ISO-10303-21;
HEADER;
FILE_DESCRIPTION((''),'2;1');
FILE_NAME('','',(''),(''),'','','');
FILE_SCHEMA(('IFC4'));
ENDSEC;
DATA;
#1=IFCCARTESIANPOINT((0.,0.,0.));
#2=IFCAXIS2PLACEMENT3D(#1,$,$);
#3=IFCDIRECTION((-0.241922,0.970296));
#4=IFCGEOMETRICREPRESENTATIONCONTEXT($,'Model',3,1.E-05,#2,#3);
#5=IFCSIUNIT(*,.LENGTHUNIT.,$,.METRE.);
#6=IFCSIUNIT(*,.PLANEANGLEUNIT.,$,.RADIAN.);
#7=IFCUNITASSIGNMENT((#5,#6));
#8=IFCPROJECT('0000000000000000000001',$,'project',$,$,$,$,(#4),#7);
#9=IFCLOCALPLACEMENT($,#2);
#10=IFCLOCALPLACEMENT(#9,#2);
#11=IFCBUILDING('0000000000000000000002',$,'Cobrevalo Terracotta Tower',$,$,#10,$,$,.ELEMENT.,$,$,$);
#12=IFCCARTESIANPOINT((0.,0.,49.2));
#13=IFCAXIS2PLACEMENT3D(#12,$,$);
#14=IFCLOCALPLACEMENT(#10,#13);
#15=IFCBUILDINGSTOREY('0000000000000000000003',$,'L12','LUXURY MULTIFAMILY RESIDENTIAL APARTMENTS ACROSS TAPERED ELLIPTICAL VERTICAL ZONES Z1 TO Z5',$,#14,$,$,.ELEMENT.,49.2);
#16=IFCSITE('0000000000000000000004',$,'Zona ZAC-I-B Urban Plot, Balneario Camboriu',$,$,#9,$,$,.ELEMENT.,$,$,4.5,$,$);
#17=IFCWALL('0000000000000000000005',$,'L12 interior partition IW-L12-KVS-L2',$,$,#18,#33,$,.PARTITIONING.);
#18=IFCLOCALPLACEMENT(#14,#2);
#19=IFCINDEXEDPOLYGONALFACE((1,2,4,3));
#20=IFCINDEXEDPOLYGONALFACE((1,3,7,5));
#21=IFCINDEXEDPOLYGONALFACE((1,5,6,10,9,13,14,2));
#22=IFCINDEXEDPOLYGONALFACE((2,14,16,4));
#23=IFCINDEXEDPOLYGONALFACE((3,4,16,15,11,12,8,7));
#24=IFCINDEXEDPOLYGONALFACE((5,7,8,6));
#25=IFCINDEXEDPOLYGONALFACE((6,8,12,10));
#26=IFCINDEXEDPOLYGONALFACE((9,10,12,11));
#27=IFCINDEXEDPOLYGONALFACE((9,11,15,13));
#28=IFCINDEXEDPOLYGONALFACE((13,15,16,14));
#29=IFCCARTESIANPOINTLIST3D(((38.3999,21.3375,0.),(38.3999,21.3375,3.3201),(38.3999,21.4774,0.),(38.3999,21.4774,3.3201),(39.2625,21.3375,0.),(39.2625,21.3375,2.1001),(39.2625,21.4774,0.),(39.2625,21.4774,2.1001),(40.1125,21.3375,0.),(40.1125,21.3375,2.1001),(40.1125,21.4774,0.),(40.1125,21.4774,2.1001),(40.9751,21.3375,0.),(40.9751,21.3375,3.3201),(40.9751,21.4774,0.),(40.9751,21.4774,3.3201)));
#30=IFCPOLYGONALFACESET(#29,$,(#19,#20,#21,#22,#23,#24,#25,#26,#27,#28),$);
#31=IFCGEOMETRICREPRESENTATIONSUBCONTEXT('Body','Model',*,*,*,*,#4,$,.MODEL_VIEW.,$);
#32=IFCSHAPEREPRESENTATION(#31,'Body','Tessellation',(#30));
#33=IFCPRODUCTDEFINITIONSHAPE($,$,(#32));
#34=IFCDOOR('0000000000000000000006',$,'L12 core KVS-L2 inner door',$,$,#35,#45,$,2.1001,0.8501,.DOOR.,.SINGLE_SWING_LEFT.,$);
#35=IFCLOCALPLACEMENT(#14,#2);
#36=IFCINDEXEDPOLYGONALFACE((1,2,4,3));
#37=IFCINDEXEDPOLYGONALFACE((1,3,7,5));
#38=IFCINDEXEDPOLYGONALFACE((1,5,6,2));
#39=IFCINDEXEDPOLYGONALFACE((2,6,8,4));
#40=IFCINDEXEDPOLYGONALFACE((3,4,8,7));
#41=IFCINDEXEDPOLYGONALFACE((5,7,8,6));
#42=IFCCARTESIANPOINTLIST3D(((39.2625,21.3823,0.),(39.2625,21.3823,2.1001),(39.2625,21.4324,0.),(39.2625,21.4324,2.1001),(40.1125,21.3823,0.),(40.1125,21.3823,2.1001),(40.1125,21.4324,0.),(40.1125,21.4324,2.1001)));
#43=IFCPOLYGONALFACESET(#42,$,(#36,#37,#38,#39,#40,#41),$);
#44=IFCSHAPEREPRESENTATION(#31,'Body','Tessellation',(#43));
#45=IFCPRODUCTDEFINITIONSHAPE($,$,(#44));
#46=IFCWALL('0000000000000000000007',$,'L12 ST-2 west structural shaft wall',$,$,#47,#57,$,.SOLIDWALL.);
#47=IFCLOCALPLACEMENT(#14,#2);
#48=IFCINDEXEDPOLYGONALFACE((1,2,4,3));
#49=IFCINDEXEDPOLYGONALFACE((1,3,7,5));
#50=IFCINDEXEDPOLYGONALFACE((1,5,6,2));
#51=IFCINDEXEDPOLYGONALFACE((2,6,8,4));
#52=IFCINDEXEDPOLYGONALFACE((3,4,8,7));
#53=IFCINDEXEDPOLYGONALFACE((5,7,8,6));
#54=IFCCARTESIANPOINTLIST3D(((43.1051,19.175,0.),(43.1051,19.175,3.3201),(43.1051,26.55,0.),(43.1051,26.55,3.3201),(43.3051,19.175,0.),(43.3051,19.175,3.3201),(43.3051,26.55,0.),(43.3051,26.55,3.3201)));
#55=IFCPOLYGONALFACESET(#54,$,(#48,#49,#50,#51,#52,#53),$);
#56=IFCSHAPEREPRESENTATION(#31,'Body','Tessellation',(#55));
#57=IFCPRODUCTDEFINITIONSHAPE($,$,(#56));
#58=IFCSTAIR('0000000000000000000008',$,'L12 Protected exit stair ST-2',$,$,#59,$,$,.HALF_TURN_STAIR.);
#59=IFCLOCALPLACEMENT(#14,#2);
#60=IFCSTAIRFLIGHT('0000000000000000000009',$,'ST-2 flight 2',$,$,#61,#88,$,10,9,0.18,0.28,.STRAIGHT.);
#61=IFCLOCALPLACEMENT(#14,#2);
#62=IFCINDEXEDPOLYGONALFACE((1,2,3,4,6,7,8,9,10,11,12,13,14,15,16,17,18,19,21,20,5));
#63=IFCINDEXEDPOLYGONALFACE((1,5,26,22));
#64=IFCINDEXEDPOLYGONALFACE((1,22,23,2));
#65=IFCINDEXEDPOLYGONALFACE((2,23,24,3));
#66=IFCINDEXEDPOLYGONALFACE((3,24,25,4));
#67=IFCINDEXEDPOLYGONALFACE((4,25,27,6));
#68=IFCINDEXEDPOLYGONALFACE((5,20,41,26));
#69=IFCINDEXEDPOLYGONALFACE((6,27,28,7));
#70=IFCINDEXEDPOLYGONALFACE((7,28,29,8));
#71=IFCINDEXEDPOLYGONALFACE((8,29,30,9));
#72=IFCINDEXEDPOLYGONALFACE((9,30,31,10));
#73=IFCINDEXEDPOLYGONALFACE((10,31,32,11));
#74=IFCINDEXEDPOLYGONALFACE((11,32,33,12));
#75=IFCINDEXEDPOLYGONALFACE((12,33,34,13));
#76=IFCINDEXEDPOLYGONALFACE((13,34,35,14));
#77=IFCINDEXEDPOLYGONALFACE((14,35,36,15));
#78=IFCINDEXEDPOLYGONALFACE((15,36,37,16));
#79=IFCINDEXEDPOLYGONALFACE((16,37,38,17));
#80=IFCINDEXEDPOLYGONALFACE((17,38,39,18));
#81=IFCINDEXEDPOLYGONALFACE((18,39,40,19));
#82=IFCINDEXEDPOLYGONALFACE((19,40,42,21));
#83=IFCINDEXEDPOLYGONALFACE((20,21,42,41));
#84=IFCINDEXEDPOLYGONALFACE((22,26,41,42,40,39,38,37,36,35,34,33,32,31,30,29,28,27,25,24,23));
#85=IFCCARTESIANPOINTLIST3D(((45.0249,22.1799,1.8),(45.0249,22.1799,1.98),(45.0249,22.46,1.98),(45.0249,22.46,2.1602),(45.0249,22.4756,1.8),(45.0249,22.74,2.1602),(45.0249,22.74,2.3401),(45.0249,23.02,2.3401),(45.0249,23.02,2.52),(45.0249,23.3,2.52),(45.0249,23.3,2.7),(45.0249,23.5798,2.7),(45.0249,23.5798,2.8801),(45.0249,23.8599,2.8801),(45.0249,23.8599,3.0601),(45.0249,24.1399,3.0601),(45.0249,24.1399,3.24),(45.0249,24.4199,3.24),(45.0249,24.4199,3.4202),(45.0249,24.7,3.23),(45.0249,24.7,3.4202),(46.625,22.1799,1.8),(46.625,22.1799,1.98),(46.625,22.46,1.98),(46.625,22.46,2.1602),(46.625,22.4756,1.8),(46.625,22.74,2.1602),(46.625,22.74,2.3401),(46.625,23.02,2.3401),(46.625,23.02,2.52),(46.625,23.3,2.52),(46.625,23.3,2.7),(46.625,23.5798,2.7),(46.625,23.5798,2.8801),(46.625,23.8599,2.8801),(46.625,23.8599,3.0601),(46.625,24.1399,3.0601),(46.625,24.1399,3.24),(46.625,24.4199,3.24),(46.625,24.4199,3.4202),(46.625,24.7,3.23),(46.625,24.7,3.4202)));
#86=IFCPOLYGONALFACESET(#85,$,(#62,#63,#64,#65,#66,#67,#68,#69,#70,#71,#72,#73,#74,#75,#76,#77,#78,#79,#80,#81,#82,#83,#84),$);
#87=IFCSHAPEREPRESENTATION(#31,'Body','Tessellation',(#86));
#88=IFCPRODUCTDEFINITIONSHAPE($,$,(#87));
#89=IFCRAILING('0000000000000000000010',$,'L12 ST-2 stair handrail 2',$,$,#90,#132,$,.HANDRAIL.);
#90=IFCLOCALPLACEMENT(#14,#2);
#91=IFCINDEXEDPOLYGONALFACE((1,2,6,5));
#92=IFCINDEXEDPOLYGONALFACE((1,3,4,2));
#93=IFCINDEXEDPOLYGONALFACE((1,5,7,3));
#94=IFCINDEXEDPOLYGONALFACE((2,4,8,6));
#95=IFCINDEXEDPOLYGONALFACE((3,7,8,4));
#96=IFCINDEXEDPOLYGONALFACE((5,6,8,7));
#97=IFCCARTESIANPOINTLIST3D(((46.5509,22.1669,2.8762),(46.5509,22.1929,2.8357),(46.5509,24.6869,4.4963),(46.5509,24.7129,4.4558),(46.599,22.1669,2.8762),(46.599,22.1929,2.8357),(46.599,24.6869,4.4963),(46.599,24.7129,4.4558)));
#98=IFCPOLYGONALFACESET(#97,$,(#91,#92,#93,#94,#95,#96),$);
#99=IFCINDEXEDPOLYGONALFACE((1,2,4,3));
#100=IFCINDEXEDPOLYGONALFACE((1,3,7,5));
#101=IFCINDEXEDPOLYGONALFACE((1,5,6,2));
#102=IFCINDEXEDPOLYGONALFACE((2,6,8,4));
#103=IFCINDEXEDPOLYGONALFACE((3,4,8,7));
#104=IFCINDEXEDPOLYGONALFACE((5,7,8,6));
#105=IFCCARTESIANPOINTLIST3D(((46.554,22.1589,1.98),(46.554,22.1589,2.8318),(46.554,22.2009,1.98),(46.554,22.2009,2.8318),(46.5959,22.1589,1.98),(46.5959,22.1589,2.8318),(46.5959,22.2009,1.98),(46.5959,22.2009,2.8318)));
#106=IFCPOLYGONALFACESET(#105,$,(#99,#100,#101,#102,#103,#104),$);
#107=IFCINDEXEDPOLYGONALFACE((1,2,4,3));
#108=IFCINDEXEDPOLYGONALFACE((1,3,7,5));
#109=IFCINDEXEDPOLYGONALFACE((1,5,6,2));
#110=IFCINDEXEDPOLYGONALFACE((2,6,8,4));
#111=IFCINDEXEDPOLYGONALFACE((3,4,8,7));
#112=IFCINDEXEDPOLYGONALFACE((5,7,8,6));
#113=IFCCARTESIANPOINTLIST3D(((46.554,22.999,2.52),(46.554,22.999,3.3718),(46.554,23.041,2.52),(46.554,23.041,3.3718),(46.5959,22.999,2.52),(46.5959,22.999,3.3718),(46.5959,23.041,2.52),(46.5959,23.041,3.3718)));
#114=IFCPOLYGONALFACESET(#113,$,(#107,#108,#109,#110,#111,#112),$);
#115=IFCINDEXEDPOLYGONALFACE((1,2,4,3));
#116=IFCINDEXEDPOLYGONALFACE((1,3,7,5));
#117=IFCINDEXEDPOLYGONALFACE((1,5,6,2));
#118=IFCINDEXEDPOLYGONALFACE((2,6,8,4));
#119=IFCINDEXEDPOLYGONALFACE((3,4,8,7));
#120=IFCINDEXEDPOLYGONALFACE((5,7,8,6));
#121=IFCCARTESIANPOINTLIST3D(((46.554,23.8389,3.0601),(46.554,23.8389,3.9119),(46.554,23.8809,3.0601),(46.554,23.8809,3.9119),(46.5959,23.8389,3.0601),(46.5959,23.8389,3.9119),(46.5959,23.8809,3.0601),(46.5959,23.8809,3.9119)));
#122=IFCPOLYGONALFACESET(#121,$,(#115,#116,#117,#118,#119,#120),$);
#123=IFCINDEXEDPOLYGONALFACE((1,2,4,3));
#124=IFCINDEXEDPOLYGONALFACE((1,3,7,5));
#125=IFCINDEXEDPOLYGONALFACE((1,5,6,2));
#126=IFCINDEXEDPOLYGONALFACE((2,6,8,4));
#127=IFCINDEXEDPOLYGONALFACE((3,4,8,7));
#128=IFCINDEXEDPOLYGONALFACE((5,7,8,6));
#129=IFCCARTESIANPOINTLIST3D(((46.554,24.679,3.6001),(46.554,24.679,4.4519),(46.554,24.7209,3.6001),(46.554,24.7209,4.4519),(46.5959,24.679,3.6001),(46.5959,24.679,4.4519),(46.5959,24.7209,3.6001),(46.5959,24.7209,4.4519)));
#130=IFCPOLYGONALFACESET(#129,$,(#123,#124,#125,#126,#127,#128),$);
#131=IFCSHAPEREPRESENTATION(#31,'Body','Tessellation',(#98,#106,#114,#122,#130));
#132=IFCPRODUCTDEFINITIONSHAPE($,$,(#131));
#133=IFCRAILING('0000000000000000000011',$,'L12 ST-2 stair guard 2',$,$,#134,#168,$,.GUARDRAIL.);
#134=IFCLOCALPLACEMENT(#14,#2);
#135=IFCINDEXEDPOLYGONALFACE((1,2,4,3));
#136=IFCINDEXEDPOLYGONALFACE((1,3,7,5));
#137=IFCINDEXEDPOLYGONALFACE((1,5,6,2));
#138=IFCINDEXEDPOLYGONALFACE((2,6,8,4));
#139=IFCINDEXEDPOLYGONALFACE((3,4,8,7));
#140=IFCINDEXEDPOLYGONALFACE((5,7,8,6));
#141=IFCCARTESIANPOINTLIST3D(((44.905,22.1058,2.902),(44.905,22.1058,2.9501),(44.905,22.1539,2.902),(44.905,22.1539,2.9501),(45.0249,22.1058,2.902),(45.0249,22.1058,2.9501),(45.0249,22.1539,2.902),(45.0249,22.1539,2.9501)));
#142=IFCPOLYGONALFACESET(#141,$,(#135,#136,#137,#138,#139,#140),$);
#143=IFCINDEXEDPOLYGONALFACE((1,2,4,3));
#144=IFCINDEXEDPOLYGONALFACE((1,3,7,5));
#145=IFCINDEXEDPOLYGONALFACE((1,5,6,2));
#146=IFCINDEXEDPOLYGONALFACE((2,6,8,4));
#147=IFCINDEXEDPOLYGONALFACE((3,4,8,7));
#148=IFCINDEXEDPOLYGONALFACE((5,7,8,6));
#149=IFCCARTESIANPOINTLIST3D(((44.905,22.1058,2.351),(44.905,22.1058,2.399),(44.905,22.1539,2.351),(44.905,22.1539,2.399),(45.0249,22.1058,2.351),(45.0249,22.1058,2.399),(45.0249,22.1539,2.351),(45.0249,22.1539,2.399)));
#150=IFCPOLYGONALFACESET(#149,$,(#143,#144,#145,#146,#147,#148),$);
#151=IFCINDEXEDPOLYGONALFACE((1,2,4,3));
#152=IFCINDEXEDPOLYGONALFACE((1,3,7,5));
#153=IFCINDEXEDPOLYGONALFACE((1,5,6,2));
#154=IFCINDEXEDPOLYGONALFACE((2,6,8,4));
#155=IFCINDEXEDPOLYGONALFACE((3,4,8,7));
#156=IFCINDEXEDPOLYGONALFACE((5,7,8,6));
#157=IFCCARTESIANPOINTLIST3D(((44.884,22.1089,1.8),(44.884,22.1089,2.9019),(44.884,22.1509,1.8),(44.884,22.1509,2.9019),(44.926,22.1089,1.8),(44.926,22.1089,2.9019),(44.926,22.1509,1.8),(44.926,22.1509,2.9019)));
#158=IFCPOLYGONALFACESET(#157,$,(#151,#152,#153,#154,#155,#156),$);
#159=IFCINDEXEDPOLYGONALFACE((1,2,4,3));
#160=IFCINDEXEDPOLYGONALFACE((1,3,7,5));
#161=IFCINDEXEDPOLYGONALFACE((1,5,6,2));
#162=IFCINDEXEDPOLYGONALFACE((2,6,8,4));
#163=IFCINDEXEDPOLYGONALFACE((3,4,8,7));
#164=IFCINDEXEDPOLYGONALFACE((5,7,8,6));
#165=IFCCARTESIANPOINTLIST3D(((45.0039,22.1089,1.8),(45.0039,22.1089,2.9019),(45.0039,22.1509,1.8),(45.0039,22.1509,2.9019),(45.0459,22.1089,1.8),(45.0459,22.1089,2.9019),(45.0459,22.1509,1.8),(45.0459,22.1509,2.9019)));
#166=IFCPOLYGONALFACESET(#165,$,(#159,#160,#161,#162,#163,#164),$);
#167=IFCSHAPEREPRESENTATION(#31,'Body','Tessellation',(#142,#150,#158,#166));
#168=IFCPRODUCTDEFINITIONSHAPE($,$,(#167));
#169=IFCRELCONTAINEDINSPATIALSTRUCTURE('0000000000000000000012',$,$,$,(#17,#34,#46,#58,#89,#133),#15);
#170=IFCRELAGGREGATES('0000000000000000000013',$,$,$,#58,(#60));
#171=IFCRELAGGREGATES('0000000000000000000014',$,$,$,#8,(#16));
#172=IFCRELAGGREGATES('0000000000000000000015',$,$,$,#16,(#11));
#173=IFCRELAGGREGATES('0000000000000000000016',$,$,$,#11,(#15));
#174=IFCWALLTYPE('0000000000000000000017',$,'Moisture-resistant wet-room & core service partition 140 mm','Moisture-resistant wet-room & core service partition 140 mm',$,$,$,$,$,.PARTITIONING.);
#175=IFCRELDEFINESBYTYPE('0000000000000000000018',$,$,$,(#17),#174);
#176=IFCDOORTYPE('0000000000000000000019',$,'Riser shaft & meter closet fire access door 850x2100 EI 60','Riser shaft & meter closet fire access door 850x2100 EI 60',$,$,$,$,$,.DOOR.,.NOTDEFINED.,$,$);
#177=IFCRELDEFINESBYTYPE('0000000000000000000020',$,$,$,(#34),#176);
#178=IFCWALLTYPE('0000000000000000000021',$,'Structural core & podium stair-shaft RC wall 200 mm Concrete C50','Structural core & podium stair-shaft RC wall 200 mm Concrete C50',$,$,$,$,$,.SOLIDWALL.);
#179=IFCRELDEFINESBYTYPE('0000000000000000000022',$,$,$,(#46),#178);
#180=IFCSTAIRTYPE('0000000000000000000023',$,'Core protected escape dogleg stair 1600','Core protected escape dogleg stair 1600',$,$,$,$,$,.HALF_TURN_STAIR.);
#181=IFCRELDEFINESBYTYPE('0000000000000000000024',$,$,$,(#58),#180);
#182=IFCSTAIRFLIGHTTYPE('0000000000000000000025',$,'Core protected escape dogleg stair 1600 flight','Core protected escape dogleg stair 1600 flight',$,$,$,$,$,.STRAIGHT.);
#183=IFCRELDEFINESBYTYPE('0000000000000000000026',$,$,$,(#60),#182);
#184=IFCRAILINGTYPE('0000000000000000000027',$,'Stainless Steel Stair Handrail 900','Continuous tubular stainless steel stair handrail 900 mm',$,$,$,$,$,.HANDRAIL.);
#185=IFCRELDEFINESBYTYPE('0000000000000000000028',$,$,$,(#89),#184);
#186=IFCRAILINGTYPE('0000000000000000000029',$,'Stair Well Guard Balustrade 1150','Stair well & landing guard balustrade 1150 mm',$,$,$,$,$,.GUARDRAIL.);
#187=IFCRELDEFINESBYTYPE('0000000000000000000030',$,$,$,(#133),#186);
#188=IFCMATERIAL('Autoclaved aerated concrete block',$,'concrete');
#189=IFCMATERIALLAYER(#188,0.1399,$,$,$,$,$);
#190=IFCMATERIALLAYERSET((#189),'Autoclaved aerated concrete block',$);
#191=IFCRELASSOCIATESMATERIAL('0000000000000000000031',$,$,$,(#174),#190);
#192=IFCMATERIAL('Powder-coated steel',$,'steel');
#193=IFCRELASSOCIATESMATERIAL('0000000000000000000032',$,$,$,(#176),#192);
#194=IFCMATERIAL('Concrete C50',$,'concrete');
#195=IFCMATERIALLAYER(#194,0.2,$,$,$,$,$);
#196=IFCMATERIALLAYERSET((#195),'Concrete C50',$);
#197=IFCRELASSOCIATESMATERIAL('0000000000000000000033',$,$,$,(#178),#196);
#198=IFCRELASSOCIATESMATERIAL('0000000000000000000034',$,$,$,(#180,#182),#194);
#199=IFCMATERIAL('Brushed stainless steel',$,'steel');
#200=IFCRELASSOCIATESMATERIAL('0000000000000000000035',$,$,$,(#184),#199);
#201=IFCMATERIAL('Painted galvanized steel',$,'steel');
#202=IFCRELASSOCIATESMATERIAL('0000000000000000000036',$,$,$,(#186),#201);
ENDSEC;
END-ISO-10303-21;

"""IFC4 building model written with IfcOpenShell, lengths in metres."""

from ifc_helpers import new_model, si_unit, direction, frame, frame_2d, origin, origin_2d, place, context, subcontext, project, spatial, polyline, rectangle, outline, extrude, source, transform, mapped, material, layer, layer_set, type_object, element, fill, aggregate, save


model = new_model("IFC4")

# Units and contexts
model_context = context("Model", 3, precision=1e-05, world=origin(), true_north=direction((-0.241922, 0.970296)))
body_context = subcontext(model_context, "Body", "Model", "MODEL_VIEW")
ifc_project = project(units=[si_unit("LENGTHUNIT", "METRE"), si_unit("PLANEANGLEUNIT", "RADIAN")], contexts=[model_context])

# Site, building, storey
site_placement = place(None, origin())
site = spatial("IfcSite", under=ifc_project, at=site_placement, Name="Zona ZAC-I-B Urban Plot, Balneario Camboriu", CompositionType="ELEMENT", RefElevation=4.5)
building_placement = place(site_placement, origin())
building = spatial("IfcBuilding", under=site, at=building_placement, Name="Cobrevalo Terracotta Tower", CompositionType="ELEMENT")
storey_placement = place(building_placement, frame((0.0, 0.0, 49.2)))
storey = spatial("IfcBuildingStorey", under=building, at=storey_placement, Name="L12", Description="LUXURY MULTIFAMILY RESIDENTIAL APARTMENTS ACROSS TAPERED ELLIPTICAL VERTICAL ZONES Z1 TO Z5", CompositionType="ELEMENT", Elevation=49.2)

# Shared definitions
ifc_material_1 = material(Name="Autoclaved aerated concrete block", Category="concrete")

# Shared definitions
ifc_layer_1 = layer(ifc_material_1, 0.1399)
ifc_layer_set_1 = layer_set([ifc_layer_1], Name="Autoclaved aerated concrete block")
wall_type_1 = type_object("IfcWallType", Name="Moisture-resistant wet-room & core service partition 140 mm", Description="Moisture-resistant wet-room & core service partition 140 mm", PredefinedType="PARTITIONING", material=ifc_layer_set_1)

# Wall, opening, door
wall_1_placement = place(storey_placement, frame((38.3999, 21.4075, 0.0), z_axis=(0.0, 0.0, 1.0), x_axis=(1.0, 0.0, 0.0)))
wall_1 = element("IfcWall", 1, at=wall_1_placement, inside=storey, type_object=wall_type_1, Name="L12 interior partition IW-L12-KVS-L2", PredefinedType="PARTITIONING", context=body_context, shape_type="SweptSolid", body=[
    extrude(rectangle(XDim=2.5752, YDim=0.1399, at=frame_2d((1.2876, 0.0))), origin(), (0.0, 0.0, 1.0), 3.3201),
])
opening_1_placement = place(wall_1_placement, frame((0.8625, 0.0, 0.0)))
opening_1 = element("IfcOpeningElement", 2, at=opening_1_placement, cuts=wall_1, PredefinedType="OPENING", context=body_context, shape_type="SweptSolid", body=[
    extrude(rectangle(XDim=0.8501, YDim=2.1001, at=frame_2d((0.425, 1.05))), frame((0.0, 0.0801, 0.0), z_axis=(0.0, -1.0, 0.0), x_axis=(1.0, 0.0, 0.0)), (0.0, 0.0, 1.0), 0.1599),
])
ifc_material_2 = material(Name="Powder-coated steel", Category="steel")
door_type_1 = type_object("IfcDoorType", Name="Riser shaft & meter closet fire access door 850x2100 EI 60", Description="Riser shaft & meter closet fire access door 850x2100 EI 60", OperationType="NOTDEFINED", PredefinedType="DOOR", material=ifc_material_2)
shared_shape_1 = source(origin(), body_context, "Body", "SweptSolid", [
    extrude(rectangle(XDim=0.8501, YDim=2.1001, at=frame_2d((0.425, 1.05))), frame((0.0, 0.0249, 0.0), z_axis=(0.0, -1.0, 0.0), x_axis=(1.0, 0.0, 0.0)), (0.0, 0.0, 1.0), 0.05),
])
door_1_placement = place(opening_1_placement, origin())
door_1 = element("IfcDoor", 3, at=door_1_placement, inside=storey, type_object=door_type_1, Name="L12 core KVS-L2 inner door", OperationType="SINGLE_SWING_LEFT", OverallHeight=2.1001, OverallWidth=0.8501, PredefinedType="DOOR", context=body_context, shape_type="MappedRepresentation", body=[
    mapped(shared_shape_1, transform((0.0, 0.0, 0.0), scale=1.0)),
])
fill(opening_1, door_1)

# Wall
ifc_material_3 = material(Name="Concrete C50", Category="concrete")
ifc_layer_2 = layer(ifc_material_3, 0.2)
ifc_layer_set_2 = layer_set([ifc_layer_2], Name="Concrete C50")
wall_type_2 = type_object("IfcWallType", Name="Structural core & podium stair-shaft RC wall 200 mm Concrete C50", Description="Structural core & podium stair-shaft RC wall 200 mm Concrete C50", PredefinedType="SOLIDWALL", material=ifc_layer_set_2)
wall_2_placement = place(storey_placement, frame((43.2051, 19.175, 0.0), z_axis=(0.0, 0.0, 1.0), x_axis=(0.0, 1.0, 0.0)))
element("IfcWall", 4, at=wall_2_placement, inside=storey, type_object=wall_type_2, Name="L12 ST-2 west structural shaft wall", PredefinedType="SOLIDWALL", context=body_context, shape_type="SweptSolid", body=[
    extrude(rectangle(XDim=7.375, YDim=0.2, at=frame_2d((3.6875, 0.0))), origin(), (0.0, 0.0, 1.0), 3.3201),
])

# Stair, stair flight
stair_type = type_object("IfcStairType", Name="Core protected escape dogleg stair 1600", Description="Core protected escape dogleg stair 1600", PredefinedType="HALF_TURN_STAIR", material=ifc_material_3)
stair_placement = place(storey_placement, origin())
stair = element("IfcStair", 5, at=stair_placement, inside=storey, type_object=stair_type, Name="L12 Protected exit stair ST-2", PredefinedType="HALF_TURN_STAIR")
stair_flight_type = type_object("IfcStairFlightType", Name="Core protected escape dogleg stair 1600 flight", Description="Core protected escape dogleg stair 1600 flight", PredefinedType="STRAIGHT", material=ifc_material_3)
stair_flight_placement = place(storey_placement, frame((45.825, 22.1799, 1.8), z_axis=(0.0, 0.0, 1.0), x_axis=(0.0, 1.0, 0.0)))
stair_flight = element("IfcStairFlight", 6, at=stair_flight_placement, type_object=stair_flight_type, Name="ST-2 flight 2", NumberOfRisers=10, NumberOfTreads=9, PredefinedType="STRAIGHT", RiserHeight=0.18, TreadLength=0.28, context=body_context, shape_type="SweptSolid", body=[
    extrude(outline(polyline([(0.0, 0.0), (0.0, 0.1799), (0.28, 0.1799), (0.28, 0.3601), (0.5601, 0.3601), (0.5601, 0.54), (0.8401, 0.54), (0.8401, 0.72), (1.1201, 0.72), (1.1201, 0.8999), (1.3999, 0.8999), (1.3999, 1.0801), (1.6799, 1.0801), (1.6799, 1.26), (1.96, 1.26), (1.96, 1.4399), (2.24, 1.4399), (2.24, 1.6201), (2.52, 1.6201), (2.52, 1.8), (2.52, 1.4299), (0.2957, 0.0), (0.0, 0.0)])), frame((0.0, 0.8, 0.0), z_axis=(0.0, -1.0, 0.0), x_axis=(1.0, 0.0, 0.0)), (0.0, 0.0, 1.0), 1.6001),
])
aggregate(stair, [stair_flight])

# Railings
ifc_material_4 = material(Name="Brushed stainless steel", Category="steel")
railing_type_1 = type_object("IfcRailingType", Name="Stainless Steel Stair Handrail 900", Description="Continuous tubular stainless steel stair handrail 900 mm", PredefinedType="HANDRAIL", material=ifc_material_4)
railing_1_placement = place(storey_placement, frame((46.575, 22.1799, 1.98)))
element("IfcRailing", 7, at=railing_1_placement, inside=storey, type_object=railing_type_1, Name="L12 ST-2 stair handrail 2", PredefinedType="HANDRAIL", context=body_context, shape_type="SweptSolid", body=[
    extrude(rectangle(XDim=0.0481, YDim=0.0481, at=origin_2d()), frame((0.0, 0.0, 0.876), z_axis=(0.0, 0.841163, 0.540782), x_axis=(-1.0, 0.0, 0.0)), (0.0, 0.0, 1.0), 2.9958),
    extrude(rectangle(XDim=0.042, YDim=0.042, at=origin_2d()), origin(), (0.0, 0.0, 1.0), 0.8518),
    extrude(rectangle(XDim=0.042, YDim=0.042, at=origin_2d()), frame((0.0, 0.8401, 0.54)), (0.0, 0.0, 1.0), 0.8518),
    extrude(rectangle(XDim=0.042, YDim=0.042, at=origin_2d()), frame((0.0, 1.6799, 1.0801)), (0.0, 0.0, 1.0), 0.8518),
    extrude(rectangle(XDim=0.042, YDim=0.042, at=origin_2d()), frame((0.0, 2.52, 1.6201)), (0.0, 0.0, 1.0), 0.8518),
])
ifc_material_5 = material(Name="Painted galvanized steel", Category="steel")
railing_type_2 = type_object("IfcRailingType", Name="Stair Well Guard Balustrade 1150", Description="Stair well & landing guard balustrade 1150 mm", PredefinedType="GUARDRAIL", material=ifc_material_5)
railing_2_placement = place(storey_placement, frame((44.905, 22.1299, 1.8)))
element("IfcRailing", 8, at=railing_2_placement, inside=storey, type_object=railing_type_2, Name="L12 ST-2 stair guard 2", PredefinedType="GUARDRAIL", context=body_context, shape_type="SweptSolid", body=[
    extrude(rectangle(XDim=0.0481, YDim=0.0481, at=origin_2d()), frame((0.0, 0.0, 1.126), z_axis=(1.0, 0.0, 0.0), x_axis=(0.0, 1.0, 0.0)), (0.0, 0.0, 1.0), 0.1199),
    extrude(rectangle(XDim=0.0481, YDim=0.0481, at=origin_2d()), frame((0.0, 0.0, 0.575), z_axis=(1.0, 0.0, 0.0), x_axis=(0.0, 1.0, 0.0)), (0.0, 0.0, 1.0), 0.1199),
    extrude(rectangle(XDim=0.042, YDim=0.042, at=origin_2d()), origin(), (0.0, 0.0, 1.0), 1.1018),
    extrude(rectangle(XDim=0.042, YDim=0.042, at=origin_2d()), frame((0.1199, 0.0, 0.0)), (0.0, 0.0, 1.0), 1.1018),
])

save(model, "model.ifc")
